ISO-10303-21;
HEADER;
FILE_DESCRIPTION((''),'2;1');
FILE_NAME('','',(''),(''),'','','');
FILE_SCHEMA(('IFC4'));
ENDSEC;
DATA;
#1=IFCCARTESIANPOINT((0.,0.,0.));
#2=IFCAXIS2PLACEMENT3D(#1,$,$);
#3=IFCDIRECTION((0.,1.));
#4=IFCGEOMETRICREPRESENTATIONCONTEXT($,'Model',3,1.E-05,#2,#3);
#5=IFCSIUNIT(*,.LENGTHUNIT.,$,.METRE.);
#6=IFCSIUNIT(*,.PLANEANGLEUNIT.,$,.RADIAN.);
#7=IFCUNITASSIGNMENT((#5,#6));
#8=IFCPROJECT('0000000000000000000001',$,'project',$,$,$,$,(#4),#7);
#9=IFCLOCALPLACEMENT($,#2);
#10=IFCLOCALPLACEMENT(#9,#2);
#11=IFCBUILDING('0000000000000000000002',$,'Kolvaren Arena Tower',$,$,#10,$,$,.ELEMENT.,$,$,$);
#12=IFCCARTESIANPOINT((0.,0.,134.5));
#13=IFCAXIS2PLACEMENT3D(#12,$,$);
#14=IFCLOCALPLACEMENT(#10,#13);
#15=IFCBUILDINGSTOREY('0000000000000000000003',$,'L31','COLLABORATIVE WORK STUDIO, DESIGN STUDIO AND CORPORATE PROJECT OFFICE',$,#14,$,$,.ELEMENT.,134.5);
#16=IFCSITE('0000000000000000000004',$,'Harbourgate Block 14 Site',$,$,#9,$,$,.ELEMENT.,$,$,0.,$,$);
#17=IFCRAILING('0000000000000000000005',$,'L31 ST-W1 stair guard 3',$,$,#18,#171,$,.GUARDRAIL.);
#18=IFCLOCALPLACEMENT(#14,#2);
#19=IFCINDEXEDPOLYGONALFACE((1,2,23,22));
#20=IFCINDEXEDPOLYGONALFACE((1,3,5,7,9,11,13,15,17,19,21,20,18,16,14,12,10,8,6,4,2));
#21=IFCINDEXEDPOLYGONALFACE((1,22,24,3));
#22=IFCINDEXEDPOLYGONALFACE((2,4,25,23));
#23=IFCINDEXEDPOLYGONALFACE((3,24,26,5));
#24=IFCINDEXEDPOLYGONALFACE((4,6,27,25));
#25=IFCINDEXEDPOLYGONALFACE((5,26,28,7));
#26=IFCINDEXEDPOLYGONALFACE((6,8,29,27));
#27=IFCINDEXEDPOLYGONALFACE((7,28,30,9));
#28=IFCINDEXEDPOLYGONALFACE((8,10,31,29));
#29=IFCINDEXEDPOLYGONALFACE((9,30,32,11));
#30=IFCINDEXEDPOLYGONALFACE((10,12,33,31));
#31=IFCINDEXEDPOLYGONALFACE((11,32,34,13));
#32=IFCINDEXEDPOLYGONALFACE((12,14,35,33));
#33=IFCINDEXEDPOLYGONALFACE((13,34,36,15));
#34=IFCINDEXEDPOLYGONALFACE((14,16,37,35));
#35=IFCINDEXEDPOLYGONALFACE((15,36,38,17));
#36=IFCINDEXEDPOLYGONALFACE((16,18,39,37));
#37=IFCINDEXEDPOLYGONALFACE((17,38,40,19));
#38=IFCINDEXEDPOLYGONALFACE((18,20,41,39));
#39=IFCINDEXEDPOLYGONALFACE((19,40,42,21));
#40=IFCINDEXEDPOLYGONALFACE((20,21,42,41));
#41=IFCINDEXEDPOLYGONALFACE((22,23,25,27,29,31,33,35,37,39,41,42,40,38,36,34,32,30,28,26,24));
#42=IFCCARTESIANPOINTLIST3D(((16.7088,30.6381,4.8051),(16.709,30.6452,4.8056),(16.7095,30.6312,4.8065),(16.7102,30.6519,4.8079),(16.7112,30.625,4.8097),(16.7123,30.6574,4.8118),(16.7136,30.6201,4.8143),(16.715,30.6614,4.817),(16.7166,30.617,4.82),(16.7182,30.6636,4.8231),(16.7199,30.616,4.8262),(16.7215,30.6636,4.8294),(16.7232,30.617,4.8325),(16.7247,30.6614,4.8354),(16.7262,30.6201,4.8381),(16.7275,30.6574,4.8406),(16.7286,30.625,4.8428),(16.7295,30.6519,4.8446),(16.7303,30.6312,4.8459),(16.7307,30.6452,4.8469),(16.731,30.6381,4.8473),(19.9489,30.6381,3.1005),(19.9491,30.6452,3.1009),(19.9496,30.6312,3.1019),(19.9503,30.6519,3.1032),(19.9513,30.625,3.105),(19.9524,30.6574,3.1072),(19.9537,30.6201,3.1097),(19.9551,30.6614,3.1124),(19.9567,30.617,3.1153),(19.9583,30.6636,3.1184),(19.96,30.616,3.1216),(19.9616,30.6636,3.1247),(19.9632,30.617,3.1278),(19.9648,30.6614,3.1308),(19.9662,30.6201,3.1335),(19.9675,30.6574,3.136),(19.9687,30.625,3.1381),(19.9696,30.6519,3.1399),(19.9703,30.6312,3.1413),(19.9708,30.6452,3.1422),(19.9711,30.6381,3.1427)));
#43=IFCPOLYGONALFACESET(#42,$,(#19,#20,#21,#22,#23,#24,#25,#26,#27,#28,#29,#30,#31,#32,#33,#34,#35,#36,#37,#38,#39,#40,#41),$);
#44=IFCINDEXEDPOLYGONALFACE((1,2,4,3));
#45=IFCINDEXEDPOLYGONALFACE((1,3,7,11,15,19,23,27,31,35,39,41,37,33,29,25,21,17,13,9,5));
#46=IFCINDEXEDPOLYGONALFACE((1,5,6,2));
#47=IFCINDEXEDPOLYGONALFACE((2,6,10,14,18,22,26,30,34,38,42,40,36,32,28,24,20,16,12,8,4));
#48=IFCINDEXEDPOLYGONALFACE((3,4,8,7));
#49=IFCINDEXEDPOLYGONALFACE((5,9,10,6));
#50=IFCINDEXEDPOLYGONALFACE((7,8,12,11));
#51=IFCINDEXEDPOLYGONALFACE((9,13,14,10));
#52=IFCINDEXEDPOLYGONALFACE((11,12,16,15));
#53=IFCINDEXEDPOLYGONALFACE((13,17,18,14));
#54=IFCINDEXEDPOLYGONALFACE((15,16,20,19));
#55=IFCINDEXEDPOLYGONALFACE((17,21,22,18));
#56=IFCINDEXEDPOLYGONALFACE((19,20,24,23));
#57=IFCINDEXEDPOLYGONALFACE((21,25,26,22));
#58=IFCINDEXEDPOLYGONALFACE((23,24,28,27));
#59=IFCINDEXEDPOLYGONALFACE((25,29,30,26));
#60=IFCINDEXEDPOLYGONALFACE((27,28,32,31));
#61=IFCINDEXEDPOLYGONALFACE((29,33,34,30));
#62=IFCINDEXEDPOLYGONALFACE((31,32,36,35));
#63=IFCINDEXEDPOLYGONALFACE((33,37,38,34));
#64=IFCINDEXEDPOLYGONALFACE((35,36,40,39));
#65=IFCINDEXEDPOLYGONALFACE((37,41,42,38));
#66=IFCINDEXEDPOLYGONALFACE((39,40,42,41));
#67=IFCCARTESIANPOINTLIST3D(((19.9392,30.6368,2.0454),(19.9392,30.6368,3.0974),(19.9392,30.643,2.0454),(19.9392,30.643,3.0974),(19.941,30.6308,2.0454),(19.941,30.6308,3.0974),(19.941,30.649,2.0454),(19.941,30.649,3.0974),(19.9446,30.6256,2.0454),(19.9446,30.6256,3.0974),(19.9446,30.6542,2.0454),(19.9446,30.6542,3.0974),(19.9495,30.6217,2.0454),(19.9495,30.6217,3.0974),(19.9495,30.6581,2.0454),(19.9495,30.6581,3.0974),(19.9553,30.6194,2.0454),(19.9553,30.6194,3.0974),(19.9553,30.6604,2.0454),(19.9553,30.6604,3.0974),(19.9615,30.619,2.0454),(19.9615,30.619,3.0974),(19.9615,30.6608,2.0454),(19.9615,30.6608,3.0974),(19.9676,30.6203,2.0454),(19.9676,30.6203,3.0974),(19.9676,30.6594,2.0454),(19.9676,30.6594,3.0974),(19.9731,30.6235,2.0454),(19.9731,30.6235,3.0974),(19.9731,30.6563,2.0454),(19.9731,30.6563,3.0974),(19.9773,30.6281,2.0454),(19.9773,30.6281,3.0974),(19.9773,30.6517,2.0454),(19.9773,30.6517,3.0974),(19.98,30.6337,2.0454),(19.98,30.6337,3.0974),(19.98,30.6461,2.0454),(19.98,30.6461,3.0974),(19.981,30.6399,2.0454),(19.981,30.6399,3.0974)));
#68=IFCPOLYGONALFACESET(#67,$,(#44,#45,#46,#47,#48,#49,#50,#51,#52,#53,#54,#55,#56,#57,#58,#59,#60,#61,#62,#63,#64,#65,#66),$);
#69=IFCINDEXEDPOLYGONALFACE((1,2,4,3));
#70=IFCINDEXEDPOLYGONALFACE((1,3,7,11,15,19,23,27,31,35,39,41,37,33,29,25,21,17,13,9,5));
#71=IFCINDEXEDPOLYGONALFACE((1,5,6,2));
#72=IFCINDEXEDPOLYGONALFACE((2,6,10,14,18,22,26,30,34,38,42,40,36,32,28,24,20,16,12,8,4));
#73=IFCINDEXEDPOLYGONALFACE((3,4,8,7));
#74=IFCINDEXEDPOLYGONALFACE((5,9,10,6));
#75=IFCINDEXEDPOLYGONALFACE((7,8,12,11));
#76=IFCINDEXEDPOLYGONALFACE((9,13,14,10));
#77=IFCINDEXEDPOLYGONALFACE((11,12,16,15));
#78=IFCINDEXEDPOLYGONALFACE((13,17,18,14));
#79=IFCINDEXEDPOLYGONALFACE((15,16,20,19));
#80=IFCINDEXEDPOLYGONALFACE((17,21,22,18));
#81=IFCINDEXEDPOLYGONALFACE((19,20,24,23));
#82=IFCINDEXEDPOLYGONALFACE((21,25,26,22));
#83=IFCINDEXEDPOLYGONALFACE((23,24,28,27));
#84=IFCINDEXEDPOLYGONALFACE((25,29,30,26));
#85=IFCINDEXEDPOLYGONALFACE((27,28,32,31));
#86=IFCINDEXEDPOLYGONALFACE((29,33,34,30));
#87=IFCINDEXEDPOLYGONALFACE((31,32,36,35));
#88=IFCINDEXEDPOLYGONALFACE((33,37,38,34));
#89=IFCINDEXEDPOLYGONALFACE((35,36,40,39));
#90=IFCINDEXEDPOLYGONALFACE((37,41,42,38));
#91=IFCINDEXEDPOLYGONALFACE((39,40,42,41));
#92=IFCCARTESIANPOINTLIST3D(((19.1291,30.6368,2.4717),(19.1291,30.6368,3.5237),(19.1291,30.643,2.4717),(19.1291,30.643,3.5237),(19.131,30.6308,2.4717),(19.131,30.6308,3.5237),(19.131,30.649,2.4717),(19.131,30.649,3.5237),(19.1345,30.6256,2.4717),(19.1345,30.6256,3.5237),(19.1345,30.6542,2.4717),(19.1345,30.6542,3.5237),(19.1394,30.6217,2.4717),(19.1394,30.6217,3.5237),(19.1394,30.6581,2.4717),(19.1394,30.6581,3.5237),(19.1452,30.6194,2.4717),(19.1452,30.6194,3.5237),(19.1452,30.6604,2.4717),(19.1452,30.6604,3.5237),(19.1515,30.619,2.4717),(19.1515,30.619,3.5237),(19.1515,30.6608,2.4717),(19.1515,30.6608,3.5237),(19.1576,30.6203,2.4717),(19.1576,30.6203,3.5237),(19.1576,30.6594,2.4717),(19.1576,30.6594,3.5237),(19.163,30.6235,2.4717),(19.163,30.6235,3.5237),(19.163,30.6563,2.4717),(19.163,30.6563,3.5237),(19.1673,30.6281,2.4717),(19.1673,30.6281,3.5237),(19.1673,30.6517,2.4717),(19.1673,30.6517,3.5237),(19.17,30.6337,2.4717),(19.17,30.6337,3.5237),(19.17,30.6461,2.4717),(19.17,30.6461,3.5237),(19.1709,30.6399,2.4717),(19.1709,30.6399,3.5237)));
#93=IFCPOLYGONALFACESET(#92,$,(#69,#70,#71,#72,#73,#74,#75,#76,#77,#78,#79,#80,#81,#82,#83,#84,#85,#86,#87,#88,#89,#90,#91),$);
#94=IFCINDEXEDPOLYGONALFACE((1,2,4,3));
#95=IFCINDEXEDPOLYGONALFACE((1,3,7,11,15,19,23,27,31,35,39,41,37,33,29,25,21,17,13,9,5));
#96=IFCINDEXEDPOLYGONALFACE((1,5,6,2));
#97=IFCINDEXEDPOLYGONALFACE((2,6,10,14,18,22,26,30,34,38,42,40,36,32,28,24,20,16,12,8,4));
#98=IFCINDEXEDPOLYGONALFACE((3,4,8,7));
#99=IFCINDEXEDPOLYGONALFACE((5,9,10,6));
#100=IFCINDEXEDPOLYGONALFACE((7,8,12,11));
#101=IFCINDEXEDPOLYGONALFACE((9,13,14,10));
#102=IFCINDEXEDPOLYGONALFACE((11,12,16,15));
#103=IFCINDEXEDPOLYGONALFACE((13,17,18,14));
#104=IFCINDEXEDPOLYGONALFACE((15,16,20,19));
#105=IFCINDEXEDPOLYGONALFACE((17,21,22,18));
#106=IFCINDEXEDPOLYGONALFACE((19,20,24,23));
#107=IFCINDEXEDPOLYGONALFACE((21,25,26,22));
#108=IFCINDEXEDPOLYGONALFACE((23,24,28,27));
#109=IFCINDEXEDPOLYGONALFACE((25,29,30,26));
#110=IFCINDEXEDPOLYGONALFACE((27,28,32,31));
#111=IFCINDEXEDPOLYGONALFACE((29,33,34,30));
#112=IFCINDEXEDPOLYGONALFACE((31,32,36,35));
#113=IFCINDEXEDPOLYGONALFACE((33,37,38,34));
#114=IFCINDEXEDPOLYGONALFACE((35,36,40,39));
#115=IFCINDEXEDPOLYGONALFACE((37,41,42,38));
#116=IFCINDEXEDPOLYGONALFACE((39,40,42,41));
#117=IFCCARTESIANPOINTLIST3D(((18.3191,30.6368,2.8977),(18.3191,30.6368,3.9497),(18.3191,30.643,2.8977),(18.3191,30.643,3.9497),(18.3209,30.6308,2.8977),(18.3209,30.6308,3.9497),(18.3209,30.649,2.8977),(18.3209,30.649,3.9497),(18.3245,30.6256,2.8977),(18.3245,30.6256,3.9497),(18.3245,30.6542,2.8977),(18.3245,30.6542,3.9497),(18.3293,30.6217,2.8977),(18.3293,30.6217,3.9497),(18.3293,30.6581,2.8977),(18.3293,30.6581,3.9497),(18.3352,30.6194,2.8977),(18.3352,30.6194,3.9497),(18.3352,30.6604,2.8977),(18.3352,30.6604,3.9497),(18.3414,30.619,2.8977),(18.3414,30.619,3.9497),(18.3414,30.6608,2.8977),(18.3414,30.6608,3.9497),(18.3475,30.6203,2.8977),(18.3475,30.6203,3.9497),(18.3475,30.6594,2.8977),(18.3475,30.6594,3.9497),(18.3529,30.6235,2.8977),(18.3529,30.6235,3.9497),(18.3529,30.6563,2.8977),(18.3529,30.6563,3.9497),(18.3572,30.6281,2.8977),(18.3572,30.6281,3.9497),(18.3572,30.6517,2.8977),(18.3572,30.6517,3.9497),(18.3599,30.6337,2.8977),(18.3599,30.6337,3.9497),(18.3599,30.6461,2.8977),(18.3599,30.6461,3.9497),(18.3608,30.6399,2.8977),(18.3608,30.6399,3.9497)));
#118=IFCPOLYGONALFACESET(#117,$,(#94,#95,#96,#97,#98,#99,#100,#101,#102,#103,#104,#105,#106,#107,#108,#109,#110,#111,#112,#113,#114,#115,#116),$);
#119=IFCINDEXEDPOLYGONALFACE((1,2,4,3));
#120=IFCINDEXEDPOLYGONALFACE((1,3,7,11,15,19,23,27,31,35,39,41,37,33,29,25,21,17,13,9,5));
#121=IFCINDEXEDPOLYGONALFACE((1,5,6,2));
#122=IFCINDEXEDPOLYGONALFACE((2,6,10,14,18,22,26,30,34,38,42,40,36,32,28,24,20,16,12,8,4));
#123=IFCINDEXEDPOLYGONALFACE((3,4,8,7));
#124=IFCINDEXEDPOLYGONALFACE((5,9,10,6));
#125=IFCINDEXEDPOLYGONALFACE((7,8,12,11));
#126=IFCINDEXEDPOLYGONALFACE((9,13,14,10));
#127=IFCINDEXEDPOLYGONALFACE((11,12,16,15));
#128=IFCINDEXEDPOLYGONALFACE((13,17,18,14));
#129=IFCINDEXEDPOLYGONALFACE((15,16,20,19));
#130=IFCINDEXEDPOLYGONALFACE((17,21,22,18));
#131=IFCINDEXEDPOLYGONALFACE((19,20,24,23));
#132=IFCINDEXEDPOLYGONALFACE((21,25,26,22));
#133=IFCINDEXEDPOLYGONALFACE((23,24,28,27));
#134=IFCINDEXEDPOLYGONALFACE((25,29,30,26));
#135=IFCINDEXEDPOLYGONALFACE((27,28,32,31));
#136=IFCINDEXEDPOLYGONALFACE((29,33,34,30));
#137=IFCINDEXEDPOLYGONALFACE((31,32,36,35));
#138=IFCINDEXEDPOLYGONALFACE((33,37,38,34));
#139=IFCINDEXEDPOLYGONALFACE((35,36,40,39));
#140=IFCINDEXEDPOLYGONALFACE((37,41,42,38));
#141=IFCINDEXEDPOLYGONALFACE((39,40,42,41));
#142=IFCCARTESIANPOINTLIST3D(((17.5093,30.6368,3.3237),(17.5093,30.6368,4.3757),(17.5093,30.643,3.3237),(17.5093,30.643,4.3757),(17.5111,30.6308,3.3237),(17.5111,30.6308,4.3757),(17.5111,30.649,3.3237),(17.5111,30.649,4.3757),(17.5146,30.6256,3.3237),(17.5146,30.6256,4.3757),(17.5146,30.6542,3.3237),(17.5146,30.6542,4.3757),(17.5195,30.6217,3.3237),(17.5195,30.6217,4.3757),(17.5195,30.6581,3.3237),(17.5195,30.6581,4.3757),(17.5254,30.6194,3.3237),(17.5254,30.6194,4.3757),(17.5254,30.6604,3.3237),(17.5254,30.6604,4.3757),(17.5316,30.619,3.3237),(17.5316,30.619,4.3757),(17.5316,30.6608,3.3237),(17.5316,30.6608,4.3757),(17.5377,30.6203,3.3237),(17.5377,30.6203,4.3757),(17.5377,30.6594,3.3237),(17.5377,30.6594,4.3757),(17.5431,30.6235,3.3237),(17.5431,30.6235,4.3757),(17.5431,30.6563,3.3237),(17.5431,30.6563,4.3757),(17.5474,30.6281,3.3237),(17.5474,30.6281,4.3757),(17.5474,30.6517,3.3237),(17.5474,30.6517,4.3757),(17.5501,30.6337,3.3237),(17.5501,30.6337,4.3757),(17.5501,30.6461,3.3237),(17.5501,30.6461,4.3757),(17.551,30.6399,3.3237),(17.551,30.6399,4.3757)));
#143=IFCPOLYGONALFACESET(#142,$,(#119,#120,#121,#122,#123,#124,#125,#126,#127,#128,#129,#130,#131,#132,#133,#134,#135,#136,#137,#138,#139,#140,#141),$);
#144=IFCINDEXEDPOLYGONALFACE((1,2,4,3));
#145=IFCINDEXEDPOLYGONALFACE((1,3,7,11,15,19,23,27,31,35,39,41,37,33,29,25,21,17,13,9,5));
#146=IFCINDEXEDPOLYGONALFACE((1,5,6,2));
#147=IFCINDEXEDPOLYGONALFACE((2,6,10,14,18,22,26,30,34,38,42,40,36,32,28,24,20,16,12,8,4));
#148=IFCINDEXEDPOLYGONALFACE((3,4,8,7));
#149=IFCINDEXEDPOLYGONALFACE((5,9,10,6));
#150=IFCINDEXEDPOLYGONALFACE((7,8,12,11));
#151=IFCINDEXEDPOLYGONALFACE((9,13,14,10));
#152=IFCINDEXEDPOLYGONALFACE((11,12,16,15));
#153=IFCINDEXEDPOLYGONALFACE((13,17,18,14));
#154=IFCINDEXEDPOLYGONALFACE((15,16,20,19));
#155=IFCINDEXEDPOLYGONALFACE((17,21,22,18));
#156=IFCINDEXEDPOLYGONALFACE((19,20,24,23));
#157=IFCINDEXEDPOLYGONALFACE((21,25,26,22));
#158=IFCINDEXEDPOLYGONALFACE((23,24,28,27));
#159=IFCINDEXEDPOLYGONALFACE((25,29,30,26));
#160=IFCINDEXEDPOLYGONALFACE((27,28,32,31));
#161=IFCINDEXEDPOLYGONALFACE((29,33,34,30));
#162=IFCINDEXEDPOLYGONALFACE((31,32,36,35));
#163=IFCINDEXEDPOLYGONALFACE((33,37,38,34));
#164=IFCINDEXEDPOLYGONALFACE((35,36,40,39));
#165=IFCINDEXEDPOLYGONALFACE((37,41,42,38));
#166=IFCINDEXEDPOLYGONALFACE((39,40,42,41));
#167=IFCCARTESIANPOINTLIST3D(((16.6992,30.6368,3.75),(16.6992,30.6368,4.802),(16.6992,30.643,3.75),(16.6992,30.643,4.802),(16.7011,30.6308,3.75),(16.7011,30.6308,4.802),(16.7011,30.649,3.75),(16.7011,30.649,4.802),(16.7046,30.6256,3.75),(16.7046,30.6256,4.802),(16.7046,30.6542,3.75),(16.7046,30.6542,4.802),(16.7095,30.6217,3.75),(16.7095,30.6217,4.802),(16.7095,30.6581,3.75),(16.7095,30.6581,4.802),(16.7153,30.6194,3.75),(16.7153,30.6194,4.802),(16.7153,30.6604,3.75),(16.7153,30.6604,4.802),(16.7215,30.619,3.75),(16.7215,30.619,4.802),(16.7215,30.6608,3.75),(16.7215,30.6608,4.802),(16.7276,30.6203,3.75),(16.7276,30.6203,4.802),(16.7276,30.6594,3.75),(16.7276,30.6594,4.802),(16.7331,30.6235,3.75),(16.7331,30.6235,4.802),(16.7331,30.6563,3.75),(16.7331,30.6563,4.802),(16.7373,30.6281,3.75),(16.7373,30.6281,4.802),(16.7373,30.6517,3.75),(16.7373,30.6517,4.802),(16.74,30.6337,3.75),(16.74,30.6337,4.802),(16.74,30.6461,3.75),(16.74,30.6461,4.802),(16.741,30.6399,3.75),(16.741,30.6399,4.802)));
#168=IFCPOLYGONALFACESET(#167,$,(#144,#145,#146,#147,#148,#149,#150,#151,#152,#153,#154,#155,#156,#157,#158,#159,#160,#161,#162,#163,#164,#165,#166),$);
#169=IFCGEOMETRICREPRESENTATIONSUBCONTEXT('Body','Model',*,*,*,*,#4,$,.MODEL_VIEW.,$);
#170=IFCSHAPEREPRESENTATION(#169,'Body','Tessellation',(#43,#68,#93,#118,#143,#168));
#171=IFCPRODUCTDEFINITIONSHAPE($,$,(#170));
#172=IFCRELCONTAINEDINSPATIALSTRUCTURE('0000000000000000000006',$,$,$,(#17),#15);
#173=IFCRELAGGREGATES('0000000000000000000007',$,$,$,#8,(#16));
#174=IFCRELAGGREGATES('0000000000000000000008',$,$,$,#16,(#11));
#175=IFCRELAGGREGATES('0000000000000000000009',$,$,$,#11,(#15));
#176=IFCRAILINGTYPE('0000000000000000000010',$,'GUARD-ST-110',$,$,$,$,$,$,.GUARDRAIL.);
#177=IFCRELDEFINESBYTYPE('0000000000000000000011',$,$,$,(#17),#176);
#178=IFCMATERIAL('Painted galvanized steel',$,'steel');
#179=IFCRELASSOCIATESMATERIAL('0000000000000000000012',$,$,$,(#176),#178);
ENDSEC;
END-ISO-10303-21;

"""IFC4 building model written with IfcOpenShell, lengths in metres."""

from ifc_helpers import new_model, si_unit, direction, frame, origin, origin_2d, place, context, subcontext, project, spatial, circle, extrude, material, type_object, element, save


model = new_model("IFC4")

# Units and contexts
model_context = context("Model", 3, precision=1e-05, world=origin(), true_north=direction((0.0, 1.0)))
body_context = subcontext(model_context, "Body", "Model", "MODEL_VIEW")
ifc_project = project(units=[si_unit("LENGTHUNIT", "METRE"), si_unit("PLANEANGLEUNIT", "RADIAN")], contexts=[model_context])

# Site, building, storey
site_placement = place(None, origin())
site = spatial("IfcSite", under=ifc_project, at=site_placement, Name="Harbourgate Block 14 Site", CompositionType="ELEMENT", RefElevation=0.0)
building_placement = place(site_placement, origin())
building = spatial("IfcBuilding", under=site, at=building_placement, Name="Kolvaren Arena Tower", CompositionType="ELEMENT")
storey_placement = place(building_placement, frame((0.0, 0.0, 134.5)))
storey = spatial("IfcBuildingStorey", under=building, at=storey_placement, Name="L31", Description="COLLABORATIVE WORK STUDIO, DESIGN STUDIO AND CORPORATE PROJECT OFFICE", CompositionType="ELEMENT", Elevation=134.5)

# Railing
ifc_material_1 = material(Name="Painted galvanized steel", Category="steel")
railing_type_1 = type_object("IfcRailingType", Name="GUARD-ST-110", PredefinedType="GUARDRAIL", material=ifc_material_1)
railing_1_placement = place(storey_placement, frame((19.96, 30.6399, 2.0454)))
element("IfcRailing", 1, at=railing_1_placement, inside=storey, type_object=railing_type_1, Name="L31 ST-W1 stair guard 3", PredefinedType="GUARDRAIL", context=body_context, shape_type="SweptSolid", body=[
    extrude(circle(Radius=0.0239, at=origin_2d()), frame((0.0, 0.0, 1.0762), z_axis=(-0.884993, 0.0, 0.465604), x_axis=(0.0, -1.0, 0.0)), (0.0, 0.0, 1.0), 3.6611),
    extrude(circle(Radius=0.021, at=origin_2d()), origin(), (0.0, 0.0, 1.0), 1.052),
    extrude(circle(Radius=0.021, at=origin_2d()), frame((-0.8101, 0.0, 0.4263)), (0.0, 0.0, 1.0), 1.052),
    extrude(circle(Radius=0.021, at=origin_2d()), frame((-1.6201, 0.0, 0.8523)), (0.0, 0.0, 1.0), 1.052),
    extrude(circle(Radius=0.021, at=origin_2d()), frame((-2.4299, 0.0, 1.2783)), (0.0, 0.0, 1.0), 1.052),
    extrude(circle(Radius=0.021, at=origin_2d()), frame((-3.24, 0.0, 1.7046)), (0.0, 0.0, 1.0), 1.052),
])

save(model, "model.ifc")
